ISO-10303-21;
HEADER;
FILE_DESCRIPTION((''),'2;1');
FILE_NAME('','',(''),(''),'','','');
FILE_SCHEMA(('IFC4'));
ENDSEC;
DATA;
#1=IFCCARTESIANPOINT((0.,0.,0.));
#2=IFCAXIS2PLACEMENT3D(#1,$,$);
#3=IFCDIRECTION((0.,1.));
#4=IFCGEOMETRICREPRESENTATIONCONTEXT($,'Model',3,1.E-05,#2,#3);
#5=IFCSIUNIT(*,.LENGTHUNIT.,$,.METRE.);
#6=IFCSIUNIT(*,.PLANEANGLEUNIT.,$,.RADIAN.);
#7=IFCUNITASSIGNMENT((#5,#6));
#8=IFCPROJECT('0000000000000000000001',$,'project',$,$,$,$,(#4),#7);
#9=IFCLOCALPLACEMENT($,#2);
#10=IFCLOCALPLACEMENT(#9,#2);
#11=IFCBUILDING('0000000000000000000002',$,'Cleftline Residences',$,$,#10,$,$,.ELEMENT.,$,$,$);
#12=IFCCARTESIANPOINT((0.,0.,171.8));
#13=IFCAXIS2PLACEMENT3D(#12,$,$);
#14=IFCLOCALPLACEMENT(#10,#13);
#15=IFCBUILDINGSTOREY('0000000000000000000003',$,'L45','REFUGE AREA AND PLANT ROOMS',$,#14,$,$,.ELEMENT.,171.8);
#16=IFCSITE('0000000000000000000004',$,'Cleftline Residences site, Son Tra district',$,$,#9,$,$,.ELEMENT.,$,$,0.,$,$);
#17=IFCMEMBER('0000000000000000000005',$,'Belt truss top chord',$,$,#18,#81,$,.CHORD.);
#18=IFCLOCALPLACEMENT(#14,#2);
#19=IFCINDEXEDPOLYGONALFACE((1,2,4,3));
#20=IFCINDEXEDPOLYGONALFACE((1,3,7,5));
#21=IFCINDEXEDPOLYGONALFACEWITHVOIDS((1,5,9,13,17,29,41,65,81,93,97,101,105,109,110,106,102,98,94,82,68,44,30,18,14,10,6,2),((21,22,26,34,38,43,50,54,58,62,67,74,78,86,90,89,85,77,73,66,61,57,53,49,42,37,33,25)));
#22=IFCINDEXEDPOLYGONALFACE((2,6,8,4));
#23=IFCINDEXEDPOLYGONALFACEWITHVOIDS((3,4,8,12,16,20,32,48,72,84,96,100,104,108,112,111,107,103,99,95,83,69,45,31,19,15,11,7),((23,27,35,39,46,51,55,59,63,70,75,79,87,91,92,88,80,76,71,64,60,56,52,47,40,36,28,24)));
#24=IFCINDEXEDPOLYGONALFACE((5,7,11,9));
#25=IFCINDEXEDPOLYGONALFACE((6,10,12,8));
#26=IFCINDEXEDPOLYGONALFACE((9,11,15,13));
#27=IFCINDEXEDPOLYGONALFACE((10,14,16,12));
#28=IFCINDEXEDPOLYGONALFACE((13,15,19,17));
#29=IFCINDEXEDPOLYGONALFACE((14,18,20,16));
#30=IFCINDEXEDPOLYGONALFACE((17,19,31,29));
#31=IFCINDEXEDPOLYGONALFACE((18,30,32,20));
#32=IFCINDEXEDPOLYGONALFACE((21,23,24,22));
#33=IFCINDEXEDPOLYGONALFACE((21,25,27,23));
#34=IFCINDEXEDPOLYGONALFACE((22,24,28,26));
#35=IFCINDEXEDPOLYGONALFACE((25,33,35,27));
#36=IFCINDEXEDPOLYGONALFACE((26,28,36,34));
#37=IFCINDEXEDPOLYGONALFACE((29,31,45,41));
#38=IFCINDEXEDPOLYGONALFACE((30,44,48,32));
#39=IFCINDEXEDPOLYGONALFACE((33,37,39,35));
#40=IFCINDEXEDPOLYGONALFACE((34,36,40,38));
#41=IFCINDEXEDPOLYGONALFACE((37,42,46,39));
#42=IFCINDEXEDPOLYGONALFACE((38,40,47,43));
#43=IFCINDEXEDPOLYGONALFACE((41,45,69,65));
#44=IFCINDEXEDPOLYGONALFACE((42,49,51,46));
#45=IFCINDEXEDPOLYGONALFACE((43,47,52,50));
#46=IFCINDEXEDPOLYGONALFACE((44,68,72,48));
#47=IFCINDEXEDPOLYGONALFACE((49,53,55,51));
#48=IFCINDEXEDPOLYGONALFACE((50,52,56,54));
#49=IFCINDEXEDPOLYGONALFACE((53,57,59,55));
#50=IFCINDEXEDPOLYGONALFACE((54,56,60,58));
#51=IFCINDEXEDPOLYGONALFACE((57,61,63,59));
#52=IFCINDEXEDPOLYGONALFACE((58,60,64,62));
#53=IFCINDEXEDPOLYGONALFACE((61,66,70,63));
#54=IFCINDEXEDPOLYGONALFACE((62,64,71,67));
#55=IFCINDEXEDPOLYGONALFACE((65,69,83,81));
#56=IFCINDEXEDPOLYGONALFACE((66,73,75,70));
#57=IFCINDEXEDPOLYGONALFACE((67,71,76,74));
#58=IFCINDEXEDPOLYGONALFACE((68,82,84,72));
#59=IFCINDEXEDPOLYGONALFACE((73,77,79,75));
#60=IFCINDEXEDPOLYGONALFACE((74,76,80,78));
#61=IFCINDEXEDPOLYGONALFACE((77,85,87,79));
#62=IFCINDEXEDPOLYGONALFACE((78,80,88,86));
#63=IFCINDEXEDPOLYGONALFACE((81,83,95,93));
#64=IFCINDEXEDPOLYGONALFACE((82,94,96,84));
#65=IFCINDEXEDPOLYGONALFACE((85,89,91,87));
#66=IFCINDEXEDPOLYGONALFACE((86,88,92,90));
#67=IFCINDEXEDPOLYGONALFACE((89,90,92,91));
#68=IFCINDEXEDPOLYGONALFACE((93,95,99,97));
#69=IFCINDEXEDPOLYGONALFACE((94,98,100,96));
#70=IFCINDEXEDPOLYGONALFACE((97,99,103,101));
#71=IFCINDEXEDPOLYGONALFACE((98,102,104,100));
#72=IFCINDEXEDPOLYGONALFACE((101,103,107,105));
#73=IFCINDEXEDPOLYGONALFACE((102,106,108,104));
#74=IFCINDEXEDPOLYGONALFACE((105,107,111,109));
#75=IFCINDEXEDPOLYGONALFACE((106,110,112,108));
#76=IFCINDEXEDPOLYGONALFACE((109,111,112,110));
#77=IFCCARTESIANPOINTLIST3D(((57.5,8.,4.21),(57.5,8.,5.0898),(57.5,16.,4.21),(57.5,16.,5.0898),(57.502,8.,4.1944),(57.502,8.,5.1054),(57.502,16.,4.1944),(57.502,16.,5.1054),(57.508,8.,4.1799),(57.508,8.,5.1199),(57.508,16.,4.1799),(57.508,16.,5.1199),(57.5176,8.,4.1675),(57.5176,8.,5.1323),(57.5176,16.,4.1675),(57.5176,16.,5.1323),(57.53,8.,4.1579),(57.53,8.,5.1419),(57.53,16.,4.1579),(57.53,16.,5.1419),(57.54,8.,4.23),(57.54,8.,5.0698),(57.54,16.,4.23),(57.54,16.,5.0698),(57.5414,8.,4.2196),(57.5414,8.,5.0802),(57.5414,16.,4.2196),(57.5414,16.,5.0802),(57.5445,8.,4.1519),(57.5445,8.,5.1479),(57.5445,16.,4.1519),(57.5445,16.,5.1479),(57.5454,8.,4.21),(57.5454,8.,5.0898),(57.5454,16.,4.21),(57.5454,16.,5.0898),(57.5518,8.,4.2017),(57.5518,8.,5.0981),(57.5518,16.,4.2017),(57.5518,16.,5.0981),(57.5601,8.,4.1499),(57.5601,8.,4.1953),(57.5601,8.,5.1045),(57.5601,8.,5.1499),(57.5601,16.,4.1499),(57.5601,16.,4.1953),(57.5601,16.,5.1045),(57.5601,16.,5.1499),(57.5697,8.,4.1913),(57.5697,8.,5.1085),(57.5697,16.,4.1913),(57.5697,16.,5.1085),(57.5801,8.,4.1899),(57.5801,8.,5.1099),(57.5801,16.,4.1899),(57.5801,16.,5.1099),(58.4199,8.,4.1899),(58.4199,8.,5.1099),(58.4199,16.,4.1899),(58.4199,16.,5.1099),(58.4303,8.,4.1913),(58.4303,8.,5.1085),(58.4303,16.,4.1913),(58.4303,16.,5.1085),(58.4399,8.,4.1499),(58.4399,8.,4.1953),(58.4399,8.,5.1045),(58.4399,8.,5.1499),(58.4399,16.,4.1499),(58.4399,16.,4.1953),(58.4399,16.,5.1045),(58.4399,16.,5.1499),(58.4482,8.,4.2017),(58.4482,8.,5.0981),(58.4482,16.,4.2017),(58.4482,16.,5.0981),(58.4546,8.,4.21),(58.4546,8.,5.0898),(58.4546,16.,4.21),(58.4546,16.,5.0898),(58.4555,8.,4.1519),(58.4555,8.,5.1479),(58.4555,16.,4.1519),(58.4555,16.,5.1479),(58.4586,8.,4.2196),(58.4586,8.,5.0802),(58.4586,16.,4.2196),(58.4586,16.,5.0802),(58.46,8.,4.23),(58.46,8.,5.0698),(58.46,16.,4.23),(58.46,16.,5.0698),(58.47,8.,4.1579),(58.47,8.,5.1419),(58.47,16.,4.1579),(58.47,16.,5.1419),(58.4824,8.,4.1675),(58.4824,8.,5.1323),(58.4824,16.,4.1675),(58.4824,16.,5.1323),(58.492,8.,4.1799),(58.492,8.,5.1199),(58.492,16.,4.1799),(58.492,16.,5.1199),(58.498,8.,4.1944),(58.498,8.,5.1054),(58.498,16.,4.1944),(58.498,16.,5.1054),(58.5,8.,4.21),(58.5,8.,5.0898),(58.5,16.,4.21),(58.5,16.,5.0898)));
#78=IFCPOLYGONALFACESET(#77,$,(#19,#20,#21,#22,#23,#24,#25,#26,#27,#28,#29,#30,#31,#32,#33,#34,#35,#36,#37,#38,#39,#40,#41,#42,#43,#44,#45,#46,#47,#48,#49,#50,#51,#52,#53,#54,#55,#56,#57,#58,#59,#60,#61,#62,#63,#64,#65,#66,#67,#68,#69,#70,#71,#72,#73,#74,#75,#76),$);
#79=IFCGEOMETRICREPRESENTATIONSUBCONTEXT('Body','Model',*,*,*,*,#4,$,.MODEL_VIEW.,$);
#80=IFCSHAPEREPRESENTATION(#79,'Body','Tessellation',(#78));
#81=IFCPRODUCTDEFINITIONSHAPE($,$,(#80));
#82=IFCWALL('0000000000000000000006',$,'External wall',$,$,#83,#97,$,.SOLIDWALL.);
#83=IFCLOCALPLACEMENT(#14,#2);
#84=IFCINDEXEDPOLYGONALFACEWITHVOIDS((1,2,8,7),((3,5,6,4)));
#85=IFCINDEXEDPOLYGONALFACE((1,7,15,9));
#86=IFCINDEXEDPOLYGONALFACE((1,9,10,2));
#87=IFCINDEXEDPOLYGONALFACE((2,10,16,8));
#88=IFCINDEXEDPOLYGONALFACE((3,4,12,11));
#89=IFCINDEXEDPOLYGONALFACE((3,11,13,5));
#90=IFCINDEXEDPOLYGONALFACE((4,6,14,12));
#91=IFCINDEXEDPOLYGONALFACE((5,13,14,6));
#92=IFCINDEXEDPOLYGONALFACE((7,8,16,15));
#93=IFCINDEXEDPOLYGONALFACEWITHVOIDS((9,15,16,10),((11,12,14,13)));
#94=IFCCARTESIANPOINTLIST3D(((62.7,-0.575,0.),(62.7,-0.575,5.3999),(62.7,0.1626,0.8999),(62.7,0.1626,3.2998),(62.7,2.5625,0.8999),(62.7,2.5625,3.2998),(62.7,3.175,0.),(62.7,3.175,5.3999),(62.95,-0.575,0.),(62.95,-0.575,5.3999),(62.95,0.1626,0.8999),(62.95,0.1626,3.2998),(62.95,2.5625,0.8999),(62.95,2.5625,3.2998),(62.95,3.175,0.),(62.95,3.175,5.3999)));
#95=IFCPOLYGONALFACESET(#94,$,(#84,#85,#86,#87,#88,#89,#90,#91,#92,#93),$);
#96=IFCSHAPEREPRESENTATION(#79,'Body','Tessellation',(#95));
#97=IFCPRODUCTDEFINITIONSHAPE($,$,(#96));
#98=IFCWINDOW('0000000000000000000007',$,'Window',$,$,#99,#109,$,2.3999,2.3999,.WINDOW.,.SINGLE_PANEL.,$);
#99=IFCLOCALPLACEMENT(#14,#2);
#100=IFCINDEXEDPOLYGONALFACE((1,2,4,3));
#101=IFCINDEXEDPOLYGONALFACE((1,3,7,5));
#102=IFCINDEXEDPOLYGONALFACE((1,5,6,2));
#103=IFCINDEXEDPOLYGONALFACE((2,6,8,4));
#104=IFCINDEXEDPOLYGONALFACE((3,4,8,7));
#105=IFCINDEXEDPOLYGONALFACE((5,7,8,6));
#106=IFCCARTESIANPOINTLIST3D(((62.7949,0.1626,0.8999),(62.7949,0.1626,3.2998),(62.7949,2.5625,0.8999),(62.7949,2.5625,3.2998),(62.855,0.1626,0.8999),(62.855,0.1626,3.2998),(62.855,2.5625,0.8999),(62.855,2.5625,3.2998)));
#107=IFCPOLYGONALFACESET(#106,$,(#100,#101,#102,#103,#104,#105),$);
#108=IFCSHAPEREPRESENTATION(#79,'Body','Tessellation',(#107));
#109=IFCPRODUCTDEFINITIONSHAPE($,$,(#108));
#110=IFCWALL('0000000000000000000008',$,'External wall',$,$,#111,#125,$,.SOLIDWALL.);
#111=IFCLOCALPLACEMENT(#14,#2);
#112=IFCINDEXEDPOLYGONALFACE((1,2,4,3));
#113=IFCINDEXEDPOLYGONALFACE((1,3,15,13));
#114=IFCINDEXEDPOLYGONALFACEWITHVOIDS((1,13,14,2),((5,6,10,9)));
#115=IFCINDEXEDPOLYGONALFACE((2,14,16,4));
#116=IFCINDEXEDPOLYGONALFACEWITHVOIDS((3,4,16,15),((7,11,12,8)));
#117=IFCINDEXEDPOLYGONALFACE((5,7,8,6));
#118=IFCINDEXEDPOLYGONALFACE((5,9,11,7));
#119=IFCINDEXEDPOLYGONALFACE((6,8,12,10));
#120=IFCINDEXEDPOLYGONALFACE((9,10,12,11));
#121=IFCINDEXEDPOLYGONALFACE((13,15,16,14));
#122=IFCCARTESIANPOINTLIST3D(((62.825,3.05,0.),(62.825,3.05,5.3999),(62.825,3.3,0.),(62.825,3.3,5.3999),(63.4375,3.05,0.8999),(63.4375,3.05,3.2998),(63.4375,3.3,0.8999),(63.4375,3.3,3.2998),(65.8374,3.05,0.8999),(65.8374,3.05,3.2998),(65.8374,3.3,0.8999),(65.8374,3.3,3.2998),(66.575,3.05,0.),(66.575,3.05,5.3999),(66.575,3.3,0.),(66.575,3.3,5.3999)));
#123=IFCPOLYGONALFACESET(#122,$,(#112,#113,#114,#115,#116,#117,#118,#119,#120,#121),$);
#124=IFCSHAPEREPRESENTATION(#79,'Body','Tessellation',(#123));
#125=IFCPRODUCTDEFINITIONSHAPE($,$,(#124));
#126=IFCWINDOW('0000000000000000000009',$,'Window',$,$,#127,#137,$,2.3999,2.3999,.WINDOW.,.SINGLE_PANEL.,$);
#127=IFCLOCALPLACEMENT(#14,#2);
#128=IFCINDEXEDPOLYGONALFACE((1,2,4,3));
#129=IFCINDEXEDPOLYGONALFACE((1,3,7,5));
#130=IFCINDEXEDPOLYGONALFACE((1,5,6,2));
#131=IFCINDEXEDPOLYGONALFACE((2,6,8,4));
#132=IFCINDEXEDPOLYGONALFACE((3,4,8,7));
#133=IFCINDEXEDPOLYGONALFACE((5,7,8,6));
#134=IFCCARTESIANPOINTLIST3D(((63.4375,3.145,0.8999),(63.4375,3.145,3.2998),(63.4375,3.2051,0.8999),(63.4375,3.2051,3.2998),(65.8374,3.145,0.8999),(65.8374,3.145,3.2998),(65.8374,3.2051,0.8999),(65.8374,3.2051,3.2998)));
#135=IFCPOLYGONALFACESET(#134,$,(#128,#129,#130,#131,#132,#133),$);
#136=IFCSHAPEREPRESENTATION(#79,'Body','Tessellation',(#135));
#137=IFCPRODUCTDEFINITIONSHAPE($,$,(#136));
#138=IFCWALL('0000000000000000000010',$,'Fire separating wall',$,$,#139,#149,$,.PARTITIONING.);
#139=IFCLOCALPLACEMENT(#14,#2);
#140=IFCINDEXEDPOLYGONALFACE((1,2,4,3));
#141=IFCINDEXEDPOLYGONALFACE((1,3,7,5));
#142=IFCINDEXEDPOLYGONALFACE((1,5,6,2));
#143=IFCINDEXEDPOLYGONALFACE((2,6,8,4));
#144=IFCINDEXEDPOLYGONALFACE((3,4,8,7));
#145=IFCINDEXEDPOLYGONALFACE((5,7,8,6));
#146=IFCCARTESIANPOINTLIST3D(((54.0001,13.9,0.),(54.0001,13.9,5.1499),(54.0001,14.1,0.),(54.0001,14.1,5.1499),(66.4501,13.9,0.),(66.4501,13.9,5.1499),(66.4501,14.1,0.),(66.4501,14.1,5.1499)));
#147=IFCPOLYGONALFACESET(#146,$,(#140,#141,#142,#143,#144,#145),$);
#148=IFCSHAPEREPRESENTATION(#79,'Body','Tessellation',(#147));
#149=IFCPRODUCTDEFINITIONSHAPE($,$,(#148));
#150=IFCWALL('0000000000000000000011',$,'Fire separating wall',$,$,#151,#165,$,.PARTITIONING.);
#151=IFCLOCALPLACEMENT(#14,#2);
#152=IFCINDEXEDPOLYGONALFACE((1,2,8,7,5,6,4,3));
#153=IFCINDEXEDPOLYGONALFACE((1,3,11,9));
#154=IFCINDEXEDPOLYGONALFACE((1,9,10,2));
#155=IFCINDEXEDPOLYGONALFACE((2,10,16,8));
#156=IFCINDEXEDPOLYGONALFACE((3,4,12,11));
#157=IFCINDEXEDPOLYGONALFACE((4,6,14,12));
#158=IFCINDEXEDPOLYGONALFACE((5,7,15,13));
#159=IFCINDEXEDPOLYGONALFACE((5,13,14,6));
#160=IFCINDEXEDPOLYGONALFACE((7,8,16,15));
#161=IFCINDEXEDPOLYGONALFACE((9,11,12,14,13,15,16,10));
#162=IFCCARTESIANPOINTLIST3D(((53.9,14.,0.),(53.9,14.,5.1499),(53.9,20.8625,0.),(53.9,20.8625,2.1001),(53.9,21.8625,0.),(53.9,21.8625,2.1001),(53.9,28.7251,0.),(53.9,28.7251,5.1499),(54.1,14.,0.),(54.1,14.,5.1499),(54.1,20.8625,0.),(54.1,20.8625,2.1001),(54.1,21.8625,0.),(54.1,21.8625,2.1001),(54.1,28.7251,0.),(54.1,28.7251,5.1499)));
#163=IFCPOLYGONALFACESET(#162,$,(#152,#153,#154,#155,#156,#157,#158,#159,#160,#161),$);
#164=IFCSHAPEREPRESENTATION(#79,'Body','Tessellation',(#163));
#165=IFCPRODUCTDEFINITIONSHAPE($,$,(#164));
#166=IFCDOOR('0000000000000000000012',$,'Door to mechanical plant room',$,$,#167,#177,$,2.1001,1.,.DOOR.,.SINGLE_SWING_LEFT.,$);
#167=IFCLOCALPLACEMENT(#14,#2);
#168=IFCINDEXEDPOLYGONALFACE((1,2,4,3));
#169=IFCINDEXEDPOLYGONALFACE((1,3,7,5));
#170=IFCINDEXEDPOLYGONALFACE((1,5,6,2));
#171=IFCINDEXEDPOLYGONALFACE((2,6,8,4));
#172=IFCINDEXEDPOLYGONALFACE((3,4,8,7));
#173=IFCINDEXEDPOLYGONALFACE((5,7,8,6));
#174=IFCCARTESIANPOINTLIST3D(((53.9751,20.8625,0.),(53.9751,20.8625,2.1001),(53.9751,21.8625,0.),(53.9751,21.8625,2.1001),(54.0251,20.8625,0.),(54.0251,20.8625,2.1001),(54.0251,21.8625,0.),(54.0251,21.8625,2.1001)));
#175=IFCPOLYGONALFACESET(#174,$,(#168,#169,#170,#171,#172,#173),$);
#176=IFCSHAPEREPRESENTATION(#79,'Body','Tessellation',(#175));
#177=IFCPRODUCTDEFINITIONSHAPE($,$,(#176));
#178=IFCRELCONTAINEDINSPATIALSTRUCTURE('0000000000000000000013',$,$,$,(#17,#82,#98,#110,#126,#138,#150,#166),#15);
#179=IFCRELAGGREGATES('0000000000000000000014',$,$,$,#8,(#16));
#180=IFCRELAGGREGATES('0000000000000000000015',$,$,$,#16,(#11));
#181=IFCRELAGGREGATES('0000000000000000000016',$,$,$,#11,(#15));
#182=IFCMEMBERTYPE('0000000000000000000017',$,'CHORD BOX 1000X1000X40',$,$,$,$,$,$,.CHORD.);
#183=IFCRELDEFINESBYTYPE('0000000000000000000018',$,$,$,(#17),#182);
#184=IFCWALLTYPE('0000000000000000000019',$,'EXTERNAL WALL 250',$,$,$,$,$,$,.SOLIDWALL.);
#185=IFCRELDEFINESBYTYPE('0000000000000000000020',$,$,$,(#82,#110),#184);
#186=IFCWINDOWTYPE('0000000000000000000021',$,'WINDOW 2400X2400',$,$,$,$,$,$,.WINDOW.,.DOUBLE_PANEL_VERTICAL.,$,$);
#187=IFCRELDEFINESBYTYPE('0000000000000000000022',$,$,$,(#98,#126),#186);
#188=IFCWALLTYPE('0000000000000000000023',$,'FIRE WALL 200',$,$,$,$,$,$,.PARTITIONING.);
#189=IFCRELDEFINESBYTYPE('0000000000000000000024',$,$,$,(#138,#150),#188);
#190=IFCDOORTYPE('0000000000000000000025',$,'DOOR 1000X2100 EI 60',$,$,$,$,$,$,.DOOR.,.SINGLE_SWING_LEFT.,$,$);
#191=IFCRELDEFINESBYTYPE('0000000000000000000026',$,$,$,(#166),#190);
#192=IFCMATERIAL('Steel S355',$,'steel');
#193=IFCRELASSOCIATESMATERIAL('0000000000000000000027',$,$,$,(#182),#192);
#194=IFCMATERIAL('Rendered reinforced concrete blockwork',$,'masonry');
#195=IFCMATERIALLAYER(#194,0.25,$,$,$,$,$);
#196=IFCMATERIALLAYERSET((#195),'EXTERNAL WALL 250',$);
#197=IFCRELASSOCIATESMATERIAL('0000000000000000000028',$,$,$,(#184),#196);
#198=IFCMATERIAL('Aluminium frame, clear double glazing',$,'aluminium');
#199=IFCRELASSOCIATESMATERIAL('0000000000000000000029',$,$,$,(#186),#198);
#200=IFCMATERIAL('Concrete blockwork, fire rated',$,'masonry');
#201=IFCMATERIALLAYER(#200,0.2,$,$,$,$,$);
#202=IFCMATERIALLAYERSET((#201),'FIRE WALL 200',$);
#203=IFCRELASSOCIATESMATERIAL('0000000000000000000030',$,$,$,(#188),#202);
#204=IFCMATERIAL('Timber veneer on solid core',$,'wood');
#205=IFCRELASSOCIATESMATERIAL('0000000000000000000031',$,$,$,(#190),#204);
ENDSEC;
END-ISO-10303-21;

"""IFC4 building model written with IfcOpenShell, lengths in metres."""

from ifc_helpers import new_model, si_unit, direction, frame, frame_2d, origin, origin_2d, place, context, subcontext, project, spatial, rectangle, hollow_rectangle, extrude, material, layer, layer_set, material_profile, profile_set, type_object, element, fill, save


model = new_model("IFC4")

# Units and contexts
model_context = context("Model", 3, precision=1e-05, world=origin(), true_north=direction((0.0, 1.0)))
body_context = subcontext(model_context, "Body", "Model", "MODEL_VIEW")
ifc_project = project(units=[si_unit("LENGTHUNIT", "METRE"), si_unit("PLANEANGLEUNIT", "RADIAN")], contexts=[model_context])

# Site, building, storey
site_placement = place(None, origin())
site = spatial("IfcSite", under=ifc_project, at=site_placement, Name="Cleftline Residences site, Son Tra district", CompositionType="ELEMENT", RefElevation=0.0)
building_placement = place(site_placement, origin())
building = spatial("IfcBuilding", under=site, at=building_placement, Name="Cleftline Residences", CompositionType="ELEMENT")
storey_placement = place(building_placement, frame((0.0, 0.0, 171.8)))
storey = spatial("IfcBuildingStorey", under=building, at=storey_placement, Name="L45", Description="REFUGE AREA AND PLANT ROOMS", CompositionType="ELEMENT", Elevation=171.8)

# Member
ifc_material_1 = material(Name="Steel S355", Category="steel")
ifc_material_profile_1 = material_profile(ifc_material_1, hollow_rectangle(XDim=1.0, YDim=1.0, WallThickness=0.04, InnerFilletRadius=0.04, OuterFilletRadius=0.0601, at=origin_2d()))
ifc_profile_set_1 = profile_set([ifc_material_profile_1], Name="Steel S355")
member_type_1 = type_object("IfcMemberType", Name="CHORD BOX 1000X1000X40", PredefinedType="CHORD", material=ifc_profile_set_1)
for number, where, z_axis, x_axis, name in (
    (1, (58.0, 8.0, 4.6499), (0.0, 1.0, 0.0), (-1.0, 0.0, 0.0), "Belt truss top chord"),
):
    element("IfcMember", number, at=place(storey_placement, frame(where, z_axis=z_axis, x_axis=x_axis)), inside=storey, type_object=member_type_1, Name=name, PredefinedType="CHORD", context=body_context, shape_type="SweptSolid", body=[
        extrude(hollow_rectangle(XDim=1.0, YDim=1.0, WallThickness=0.04, InnerFilletRadius=0.04, OuterFilletRadius=0.0601, at=origin_2d()), origin(), (0.0, 0.0, 1.0), 8.0),
    ])

# Walls, openings, windows
ifc_material_2 = material(Name="Rendered reinforced concrete blockwork", Category="masonry")
ifc_layer_1 = layer(ifc_material_2, 0.25)
ifc_layer_set_1 = layer_set([ifc_layer_1], Name="EXTERNAL WALL 250")
wall_type_1 = type_object("IfcWallType", Name="EXTERNAL WALL 250", PredefinedType="SOLIDWALL", material=ifc_layer_set_1)
wall_1_placement = place(storey_placement, frame((62.825, -0.575, 0.0), z_axis=(0.0, 0.0, 1.0), x_axis=(0.0, 1.0, 0.0)))
wall_1 = element("IfcWall", 2, at=wall_1_placement, inside=storey, type_object=wall_type_1, Name="External wall", PredefinedType="SOLIDWALL", context=body_context, shape_type="SweptSolid", body=[
    extrude(rectangle(XDim=3.75, YDim=0.25, at=frame_2d((1.875, 0.0))), origin(), (0.0, 0.0, 1.0), 5.3999),
])
opening_1_placement = place(wall_1_placement, frame((0.7375, 0.0, 0.8999)))
opening_1 = element("IfcOpeningElement", 3, at=opening_1_placement, cuts=wall_1, PredefinedType="OPENING", context=body_context, shape_type="SweptSolid", body=[
    extrude(rectangle(XDim=2.3999, YDim=2.3999, at=frame_2d((1.2, 1.2))), frame((0.0, 0.135, 0.0), z_axis=(0.0, -1.0, 0.0), x_axis=(1.0, 0.0, 0.0)), (0.0, 0.0, 1.0), 0.27),
])
ifc_material_3 = material(Name="Aluminium frame, clear double glazing", Category="aluminium")
window_type = type_object("IfcWindowType", Name="WINDOW 2400X2400", PartitioningType="DOUBLE_PANEL_VERTICAL", PredefinedType="WINDOW", material=ifc_material_3)
window_1_placement = place(opening_1_placement, origin())
window_1 = element("IfcWindow", 4, at=window_1_placement, inside=storey, type_object=window_type, Name="Window", OverallHeight=2.3999, OverallWidth=2.3999, PartitioningType="SINGLE_PANEL", PredefinedType="WINDOW", context=body_context, shape_type="SweptSolid", body=[
    extrude(rectangle(XDim=2.3999, YDim=2.3999, at=frame_2d((1.2, 1.2))), frame((0.0, 0.03, 0.0), z_axis=(0.0, -1.0, 0.0), x_axis=(1.0, 0.0, 0.0)), (0.0, 0.0, 1.0), 0.0601),
])
fill(opening_1, window_1)
wall_2_placement = place(storey_placement, frame((62.825, 3.175, 0.0), z_axis=(0.0, 0.0, 1.0), x_axis=(1.0, 0.0, 0.0)))
wall_2 = element("IfcWall", 5, at=wall_2_placement, inside=storey, type_object=wall_type_1, Name="External wall", PredefinedType="SOLIDWALL", context=body_context, shape_type="SweptSolid", body=[
    extrude(rectangle(XDim=3.75, YDim=0.25, at=frame_2d((1.875, 0.0))), origin(), (0.0, 0.0, 1.0), 5.3999),
])
opening_2_placement = place(wall_2_placement, frame((0.6125, 0.0, 0.8999)))
opening_2 = element("IfcOpeningElement", 6, at=opening_2_placement, cuts=wall_2, PredefinedType="OPENING", context=body_context, shape_type="SweptSolid", body=[
    extrude(rectangle(XDim=2.3999, YDim=2.3999, at=frame_2d((1.2, 1.2))), frame((0.0, 0.135, 0.0), z_axis=(0.0, -1.0, 0.0), x_axis=(1.0, 0.0, 0.0)), (0.0, 0.0, 1.0), 0.27),
])
window_2_placement = place(opening_2_placement, origin())
window_2 = element("IfcWindow", 7, at=window_2_placement, inside=storey, type_object=window_type, Name="Window", OverallHeight=2.3999, OverallWidth=2.3999, PartitioningType="SINGLE_PANEL", PredefinedType="WINDOW", context=body_context, shape_type="SweptSolid", body=[
    extrude(rectangle(XDim=2.3999, YDim=2.3999, at=frame_2d((1.2, 1.2))), frame((0.0, 0.03, 0.0), z_axis=(0.0, -1.0, 0.0), x_axis=(1.0, 0.0, 0.0)), (0.0, 0.0, 1.0), 0.0601),
])
fill(opening_2, window_2)

# Wall
ifc_material_4 = material(Name="Concrete blockwork, fire rated", Category="masonry")
ifc_layer_2 = layer(ifc_material_4, 0.2)
ifc_layer_set_2 = layer_set([ifc_layer_2], Name="FIRE WALL 200")
wall_type_2 = type_object("IfcWallType", Name="FIRE WALL 200", PredefinedType="PARTITIONING", material=ifc_layer_set_2)
wall_3_placement = place(storey_placement, frame((54.0, 14.0, 0.0), z_axis=(0.0, 0.0, 1.0), x_axis=(1.0, 0.0, 0.0)))
element("IfcWall", 8, at=wall_3_placement, inside=storey, type_object=wall_type_2, Name="Fire separating wall", PredefinedType="PARTITIONING", context=body_context, shape_type="SweptSolid", body=[
    extrude(rectangle(XDim=12.45, YDim=0.2, at=frame_2d((6.2251, 0.0))), origin(), (0.0, 0.0, 1.0), 5.1499),
])

# Wall, opening, door
wall_4_placement = place(storey_placement, frame((54.0, 14.0, 0.0), z_axis=(0.0, 0.0, 1.0), x_axis=(0.0, 1.0, 0.0)))
wall_4 = element("IfcWall", 9, at=wall_4_placement, inside=storey, type_object=wall_type_2, Name="Fire separating wall", PredefinedType="PARTITIONING", context=body_context, shape_type="SweptSolid", body=[
    extrude(rectangle(XDim=14.7251, YDim=0.2, at=frame_2d((7.3625, 0.0))), origin(), (0.0, 0.0, 1.0), 5.1499),
])
opening_3_placement = place(wall_4_placement, frame((6.8625, 0.0, 0.0)))
opening_3 = element("IfcOpeningElement", 10, at=opening_3_placement, cuts=wall_4, PredefinedType="OPENING", context=body_context, shape_type="SweptSolid", body=[
    extrude(rectangle(XDim=1.0, YDim=2.1001, at=frame_2d((0.5, 1.05))), frame((0.0, 0.1099, 0.0), z_axis=(0.0, -1.0, 0.0), x_axis=(1.0, 0.0, 0.0)), (0.0, 0.0, 1.0), 0.22),
])
ifc_material_5 = material(Name="Timber veneer on solid core", Category="wood")
door_type = type_object("IfcDoorType", Name="DOOR 1000X2100 EI 60", OperationType="SINGLE_SWING_LEFT", PredefinedType="DOOR", material=ifc_material_5)
door_placement = place(opening_3_placement, origin())
door = element("IfcDoor", 11, at=door_placement, inside=storey, type_object=door_type, Name="Door to mechanical plant room", OperationType="SINGLE_SWING_LEFT", OverallHeight=2.1001, OverallWidth=1.0, PredefinedType="DOOR", context=body_context, shape_type="SweptSolid", body=[
    extrude(rectangle(XDim=1.0, YDim=2.1001, at=frame_2d((0.5, 1.05))), frame((0.0, 0.0249, 0.0), z_axis=(0.0, -1.0, 0.0), x_axis=(1.0, 0.0, 0.0)), (0.0, 0.0, 1.0), 0.05),
])
fill(opening_3, door)

save(model, "model.ifc")
